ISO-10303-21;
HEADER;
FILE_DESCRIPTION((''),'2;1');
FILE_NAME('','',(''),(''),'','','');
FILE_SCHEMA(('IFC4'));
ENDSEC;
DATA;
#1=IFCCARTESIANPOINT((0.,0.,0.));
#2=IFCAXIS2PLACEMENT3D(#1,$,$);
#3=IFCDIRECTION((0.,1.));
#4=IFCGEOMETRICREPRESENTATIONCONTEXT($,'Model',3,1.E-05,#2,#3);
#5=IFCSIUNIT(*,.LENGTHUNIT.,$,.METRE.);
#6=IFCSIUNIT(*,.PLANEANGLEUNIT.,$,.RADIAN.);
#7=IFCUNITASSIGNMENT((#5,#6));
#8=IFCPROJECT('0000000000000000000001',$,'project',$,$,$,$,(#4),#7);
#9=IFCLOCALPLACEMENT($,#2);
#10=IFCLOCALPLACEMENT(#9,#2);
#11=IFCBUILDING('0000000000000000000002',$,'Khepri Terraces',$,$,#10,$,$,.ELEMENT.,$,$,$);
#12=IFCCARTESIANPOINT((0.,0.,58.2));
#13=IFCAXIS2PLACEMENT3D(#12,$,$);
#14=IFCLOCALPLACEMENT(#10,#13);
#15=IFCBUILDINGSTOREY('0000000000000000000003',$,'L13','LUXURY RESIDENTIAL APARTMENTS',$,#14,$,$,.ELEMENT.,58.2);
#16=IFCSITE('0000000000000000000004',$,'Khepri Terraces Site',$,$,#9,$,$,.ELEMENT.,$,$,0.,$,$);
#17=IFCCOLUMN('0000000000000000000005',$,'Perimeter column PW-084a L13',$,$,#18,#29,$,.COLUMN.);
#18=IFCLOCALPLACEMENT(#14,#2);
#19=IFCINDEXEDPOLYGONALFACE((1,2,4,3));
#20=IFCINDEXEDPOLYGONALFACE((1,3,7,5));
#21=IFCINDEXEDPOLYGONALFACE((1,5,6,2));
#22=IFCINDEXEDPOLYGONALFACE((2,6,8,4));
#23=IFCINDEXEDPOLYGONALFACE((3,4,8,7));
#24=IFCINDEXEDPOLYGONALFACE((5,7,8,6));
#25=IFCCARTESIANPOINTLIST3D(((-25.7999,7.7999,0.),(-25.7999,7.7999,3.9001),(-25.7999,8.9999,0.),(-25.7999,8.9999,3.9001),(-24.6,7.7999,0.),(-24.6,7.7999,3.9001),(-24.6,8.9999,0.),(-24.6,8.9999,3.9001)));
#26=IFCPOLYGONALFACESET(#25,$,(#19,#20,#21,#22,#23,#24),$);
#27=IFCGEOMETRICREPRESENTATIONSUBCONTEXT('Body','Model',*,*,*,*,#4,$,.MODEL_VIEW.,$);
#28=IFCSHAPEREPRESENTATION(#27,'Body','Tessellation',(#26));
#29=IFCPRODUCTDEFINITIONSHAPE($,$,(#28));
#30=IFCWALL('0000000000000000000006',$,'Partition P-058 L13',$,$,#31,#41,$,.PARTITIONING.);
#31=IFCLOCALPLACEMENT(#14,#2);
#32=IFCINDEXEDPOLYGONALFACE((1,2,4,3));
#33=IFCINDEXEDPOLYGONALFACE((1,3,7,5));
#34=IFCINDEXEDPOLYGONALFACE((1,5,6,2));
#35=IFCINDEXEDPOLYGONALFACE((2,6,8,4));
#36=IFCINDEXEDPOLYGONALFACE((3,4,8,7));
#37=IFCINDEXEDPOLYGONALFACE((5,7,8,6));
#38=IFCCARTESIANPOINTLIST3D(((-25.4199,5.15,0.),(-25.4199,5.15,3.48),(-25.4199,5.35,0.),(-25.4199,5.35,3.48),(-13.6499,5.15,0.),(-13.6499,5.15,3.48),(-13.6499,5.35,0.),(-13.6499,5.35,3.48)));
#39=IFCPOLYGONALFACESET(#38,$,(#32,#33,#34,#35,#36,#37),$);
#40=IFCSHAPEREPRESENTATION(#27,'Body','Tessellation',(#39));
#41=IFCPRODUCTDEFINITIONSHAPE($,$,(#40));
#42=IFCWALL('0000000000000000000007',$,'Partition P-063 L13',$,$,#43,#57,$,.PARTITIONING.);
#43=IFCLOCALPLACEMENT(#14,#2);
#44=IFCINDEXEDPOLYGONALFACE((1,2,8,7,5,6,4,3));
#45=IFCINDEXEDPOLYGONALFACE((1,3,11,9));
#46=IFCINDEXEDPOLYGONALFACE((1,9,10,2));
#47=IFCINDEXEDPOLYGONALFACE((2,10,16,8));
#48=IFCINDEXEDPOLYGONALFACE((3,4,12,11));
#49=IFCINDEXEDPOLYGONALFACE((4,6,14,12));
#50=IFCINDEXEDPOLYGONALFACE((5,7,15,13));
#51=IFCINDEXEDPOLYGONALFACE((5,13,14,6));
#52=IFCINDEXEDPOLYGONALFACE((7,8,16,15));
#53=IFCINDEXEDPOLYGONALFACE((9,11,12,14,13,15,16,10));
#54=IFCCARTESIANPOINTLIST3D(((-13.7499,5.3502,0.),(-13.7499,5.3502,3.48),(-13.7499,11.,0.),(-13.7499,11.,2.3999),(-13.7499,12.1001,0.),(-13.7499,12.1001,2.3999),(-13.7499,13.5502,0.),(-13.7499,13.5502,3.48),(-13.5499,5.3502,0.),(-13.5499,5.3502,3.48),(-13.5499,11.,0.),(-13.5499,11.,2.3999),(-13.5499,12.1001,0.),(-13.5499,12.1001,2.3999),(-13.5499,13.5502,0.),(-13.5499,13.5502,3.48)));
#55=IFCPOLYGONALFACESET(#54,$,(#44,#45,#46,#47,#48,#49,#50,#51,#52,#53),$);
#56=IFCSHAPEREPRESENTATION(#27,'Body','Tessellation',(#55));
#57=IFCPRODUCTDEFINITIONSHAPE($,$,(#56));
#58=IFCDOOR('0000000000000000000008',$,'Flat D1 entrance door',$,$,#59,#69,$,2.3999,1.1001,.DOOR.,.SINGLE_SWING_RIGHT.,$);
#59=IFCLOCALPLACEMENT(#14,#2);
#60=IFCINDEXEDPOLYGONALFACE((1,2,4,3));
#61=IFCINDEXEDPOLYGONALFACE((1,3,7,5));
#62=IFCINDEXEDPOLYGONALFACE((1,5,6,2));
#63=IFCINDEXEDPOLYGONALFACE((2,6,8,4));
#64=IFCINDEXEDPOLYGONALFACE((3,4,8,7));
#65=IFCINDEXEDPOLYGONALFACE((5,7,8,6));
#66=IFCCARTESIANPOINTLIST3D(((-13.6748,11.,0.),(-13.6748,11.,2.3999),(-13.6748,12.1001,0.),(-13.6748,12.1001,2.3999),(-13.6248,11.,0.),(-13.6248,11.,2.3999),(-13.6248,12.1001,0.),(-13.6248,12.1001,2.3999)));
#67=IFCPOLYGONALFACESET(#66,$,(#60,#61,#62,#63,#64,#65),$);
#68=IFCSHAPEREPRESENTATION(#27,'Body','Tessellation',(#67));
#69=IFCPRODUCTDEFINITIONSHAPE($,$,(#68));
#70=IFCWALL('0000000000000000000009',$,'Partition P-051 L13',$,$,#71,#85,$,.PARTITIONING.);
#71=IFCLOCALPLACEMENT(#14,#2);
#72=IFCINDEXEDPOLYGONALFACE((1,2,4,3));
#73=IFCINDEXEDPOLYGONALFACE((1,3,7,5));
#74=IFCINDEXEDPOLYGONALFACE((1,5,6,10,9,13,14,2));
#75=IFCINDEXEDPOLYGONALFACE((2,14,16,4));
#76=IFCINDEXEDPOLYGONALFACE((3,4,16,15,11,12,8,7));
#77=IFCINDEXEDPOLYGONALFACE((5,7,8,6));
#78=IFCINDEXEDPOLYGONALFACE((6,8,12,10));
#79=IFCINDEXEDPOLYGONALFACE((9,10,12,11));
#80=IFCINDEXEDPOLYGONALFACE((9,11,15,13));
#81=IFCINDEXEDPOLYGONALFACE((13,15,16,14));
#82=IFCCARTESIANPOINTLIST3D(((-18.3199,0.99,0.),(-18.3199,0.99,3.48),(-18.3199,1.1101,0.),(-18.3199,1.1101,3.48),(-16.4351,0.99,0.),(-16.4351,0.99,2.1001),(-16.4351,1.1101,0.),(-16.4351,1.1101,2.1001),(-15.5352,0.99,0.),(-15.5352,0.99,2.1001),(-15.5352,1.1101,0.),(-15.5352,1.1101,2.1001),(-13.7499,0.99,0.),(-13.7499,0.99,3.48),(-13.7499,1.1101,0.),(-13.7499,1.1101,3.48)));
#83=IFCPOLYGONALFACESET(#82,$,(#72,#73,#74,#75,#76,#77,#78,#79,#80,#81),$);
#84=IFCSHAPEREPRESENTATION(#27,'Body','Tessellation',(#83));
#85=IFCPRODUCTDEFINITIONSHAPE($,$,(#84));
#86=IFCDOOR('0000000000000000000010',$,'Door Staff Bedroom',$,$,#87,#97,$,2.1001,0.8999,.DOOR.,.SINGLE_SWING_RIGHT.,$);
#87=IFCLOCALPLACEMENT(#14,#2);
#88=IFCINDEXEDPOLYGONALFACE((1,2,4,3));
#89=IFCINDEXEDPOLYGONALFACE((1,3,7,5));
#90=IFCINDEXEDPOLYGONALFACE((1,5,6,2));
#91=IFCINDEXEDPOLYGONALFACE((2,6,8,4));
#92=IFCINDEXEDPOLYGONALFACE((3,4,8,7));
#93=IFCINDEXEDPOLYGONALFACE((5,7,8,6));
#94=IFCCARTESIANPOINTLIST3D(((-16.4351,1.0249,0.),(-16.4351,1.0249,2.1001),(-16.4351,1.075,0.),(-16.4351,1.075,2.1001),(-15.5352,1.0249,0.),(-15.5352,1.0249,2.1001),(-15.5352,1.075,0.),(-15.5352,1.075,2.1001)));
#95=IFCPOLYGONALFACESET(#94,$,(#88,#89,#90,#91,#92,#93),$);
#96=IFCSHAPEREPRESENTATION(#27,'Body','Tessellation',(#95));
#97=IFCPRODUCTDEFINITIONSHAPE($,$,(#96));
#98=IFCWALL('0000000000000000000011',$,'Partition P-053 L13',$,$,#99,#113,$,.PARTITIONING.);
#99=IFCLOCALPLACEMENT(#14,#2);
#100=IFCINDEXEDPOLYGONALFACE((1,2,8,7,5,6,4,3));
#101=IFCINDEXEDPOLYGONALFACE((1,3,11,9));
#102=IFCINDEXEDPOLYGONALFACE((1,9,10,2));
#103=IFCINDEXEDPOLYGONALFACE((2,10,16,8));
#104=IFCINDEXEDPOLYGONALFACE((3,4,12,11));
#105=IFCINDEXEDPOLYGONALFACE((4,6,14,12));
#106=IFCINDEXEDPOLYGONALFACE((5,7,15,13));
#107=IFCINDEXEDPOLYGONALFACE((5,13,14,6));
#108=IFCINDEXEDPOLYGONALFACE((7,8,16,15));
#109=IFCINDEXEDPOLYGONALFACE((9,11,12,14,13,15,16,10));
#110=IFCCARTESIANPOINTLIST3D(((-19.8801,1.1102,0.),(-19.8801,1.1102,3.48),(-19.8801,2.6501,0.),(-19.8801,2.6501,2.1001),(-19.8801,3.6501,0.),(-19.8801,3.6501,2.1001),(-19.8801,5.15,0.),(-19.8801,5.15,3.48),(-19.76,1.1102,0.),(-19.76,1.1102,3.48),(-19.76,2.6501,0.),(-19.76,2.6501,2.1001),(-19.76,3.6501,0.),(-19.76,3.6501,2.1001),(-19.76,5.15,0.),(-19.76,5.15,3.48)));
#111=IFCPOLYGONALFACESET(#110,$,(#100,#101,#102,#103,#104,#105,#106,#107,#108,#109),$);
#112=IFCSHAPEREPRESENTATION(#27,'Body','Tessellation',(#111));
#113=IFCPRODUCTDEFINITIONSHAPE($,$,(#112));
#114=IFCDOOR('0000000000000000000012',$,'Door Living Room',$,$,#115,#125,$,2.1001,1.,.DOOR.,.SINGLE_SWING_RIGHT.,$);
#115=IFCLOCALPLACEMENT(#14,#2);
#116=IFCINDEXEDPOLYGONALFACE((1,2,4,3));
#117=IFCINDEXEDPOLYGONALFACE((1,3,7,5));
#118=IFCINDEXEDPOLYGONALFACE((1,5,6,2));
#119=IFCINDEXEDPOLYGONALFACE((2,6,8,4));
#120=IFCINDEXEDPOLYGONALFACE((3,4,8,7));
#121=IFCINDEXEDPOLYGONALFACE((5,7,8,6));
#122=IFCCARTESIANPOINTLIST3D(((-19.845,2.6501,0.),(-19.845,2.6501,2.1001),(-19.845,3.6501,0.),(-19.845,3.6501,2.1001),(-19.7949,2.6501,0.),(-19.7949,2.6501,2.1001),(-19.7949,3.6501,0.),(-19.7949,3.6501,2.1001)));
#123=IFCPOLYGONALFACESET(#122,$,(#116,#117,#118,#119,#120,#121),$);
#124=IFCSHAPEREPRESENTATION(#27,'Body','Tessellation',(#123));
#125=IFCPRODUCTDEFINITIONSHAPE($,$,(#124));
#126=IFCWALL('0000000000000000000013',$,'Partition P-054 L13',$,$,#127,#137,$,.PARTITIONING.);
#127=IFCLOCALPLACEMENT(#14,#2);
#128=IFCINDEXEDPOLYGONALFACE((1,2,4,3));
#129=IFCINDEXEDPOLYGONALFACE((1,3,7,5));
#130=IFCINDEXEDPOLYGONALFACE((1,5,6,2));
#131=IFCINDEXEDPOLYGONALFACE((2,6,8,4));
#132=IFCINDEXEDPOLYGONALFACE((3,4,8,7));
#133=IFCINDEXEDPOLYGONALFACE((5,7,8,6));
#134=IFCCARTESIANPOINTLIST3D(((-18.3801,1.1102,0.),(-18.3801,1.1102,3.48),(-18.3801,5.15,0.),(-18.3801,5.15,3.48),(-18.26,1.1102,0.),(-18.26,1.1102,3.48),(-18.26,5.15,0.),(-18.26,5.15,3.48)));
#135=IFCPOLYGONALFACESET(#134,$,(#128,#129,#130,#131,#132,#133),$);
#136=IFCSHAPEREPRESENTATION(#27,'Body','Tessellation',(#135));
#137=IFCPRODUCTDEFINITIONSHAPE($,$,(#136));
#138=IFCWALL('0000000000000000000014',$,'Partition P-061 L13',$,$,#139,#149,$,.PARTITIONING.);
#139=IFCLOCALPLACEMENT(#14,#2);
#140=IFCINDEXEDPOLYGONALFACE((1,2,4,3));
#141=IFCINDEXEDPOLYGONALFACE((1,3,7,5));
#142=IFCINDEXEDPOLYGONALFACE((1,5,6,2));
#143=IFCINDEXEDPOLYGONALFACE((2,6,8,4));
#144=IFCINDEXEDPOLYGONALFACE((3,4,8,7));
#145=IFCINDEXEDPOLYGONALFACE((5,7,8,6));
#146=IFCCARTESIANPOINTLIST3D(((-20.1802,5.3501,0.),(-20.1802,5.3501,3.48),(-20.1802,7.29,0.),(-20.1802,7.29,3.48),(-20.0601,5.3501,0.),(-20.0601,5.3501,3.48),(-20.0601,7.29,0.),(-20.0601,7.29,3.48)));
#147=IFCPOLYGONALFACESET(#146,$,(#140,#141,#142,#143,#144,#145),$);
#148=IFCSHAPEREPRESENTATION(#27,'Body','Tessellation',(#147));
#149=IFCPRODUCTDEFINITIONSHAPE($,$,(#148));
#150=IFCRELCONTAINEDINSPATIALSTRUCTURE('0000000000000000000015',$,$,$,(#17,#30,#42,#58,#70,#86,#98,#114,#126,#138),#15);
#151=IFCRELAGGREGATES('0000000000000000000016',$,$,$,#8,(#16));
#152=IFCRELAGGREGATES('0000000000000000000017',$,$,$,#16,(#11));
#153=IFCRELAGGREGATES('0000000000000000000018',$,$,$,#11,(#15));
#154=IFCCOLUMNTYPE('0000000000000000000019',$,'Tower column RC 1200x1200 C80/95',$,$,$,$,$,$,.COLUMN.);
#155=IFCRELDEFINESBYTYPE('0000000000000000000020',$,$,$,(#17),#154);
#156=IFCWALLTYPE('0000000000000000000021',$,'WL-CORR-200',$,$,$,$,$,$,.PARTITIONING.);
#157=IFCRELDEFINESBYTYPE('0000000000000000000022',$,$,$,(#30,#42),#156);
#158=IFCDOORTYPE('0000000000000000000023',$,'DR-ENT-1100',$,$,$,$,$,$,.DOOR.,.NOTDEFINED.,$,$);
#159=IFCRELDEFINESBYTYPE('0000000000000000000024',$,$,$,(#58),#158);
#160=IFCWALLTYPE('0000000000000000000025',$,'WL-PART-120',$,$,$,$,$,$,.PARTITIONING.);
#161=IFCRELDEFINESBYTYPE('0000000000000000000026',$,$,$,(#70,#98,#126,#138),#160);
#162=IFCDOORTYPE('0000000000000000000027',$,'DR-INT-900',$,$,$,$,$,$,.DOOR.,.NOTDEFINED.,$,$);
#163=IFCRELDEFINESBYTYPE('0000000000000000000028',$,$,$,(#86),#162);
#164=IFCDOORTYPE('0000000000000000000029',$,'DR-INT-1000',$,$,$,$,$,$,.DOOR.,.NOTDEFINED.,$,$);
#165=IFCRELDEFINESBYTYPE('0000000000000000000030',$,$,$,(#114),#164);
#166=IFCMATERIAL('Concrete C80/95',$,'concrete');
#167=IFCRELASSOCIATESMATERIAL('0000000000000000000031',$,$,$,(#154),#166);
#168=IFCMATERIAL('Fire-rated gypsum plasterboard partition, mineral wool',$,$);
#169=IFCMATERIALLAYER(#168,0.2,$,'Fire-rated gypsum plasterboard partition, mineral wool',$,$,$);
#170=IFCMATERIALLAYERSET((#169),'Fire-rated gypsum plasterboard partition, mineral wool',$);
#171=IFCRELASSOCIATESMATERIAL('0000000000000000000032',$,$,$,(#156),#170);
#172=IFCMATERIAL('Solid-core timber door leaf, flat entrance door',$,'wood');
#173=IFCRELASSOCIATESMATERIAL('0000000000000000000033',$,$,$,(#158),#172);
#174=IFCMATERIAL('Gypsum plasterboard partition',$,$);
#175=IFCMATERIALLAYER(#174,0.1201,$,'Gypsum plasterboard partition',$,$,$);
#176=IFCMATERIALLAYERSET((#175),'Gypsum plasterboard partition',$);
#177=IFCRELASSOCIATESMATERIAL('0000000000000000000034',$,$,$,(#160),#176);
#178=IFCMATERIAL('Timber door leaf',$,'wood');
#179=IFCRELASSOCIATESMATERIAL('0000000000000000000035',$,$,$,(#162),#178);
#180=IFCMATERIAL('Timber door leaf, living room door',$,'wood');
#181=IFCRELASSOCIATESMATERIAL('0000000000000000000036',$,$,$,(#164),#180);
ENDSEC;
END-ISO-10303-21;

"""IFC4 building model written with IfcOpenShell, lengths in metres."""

from ifc_helpers import new_model, si_unit, direction, frame, frame_2d, origin, origin_2d, place, context, subcontext, project, spatial, rectangle, extrude, material, layer, layer_set, material_profile, profile_set, type_object, element, fill, save


model = new_model("IFC4")

# Units and contexts
model_context = context("Model", 3, precision=1e-05, world=origin(), true_north=direction((0.0, 1.0)))
body_context = subcontext(model_context, "Body", "Model", "MODEL_VIEW")
ifc_project = project(units=[si_unit("LENGTHUNIT", "METRE"), si_unit("PLANEANGLEUNIT", "RADIAN")], contexts=[model_context])

# Site, building, storey
site_placement = place(None, origin())
site = spatial("IfcSite", under=ifc_project, at=site_placement, Name="Khepri Terraces Site", CompositionType="ELEMENT", RefElevation=0.0)
building_placement = place(site_placement, origin())
building = spatial("IfcBuilding", under=site, at=building_placement, Name="Khepri Terraces", CompositionType="ELEMENT")
storey_placement = place(building_placement, frame((0.0, 0.0, 58.2)))
storey = spatial("IfcBuildingStorey", under=building, at=storey_placement, Name="L13", Description="LUXURY RESIDENTIAL APARTMENTS", CompositionType="ELEMENT", Elevation=58.2)

# Column
ifc_material_1 = material(Name="Concrete C80/95", Category="concrete")
ifc_material_profile = material_profile(ifc_material_1, rectangle(XDim=1.2, YDim=1.2, at=origin_2d()), Name="Concrete C80/95", Category="concrete")
ifc_profile_set = profile_set([ifc_material_profile], Name="Concrete C80/95")
column_type = type_object("IfcColumnType", Name="Tower column RC 1200x1200 C80/95", PredefinedType="COLUMN", material=ifc_profile_set)
column_placement = place(storey_placement, frame((-25.2, 8.3999, 0.0), z_axis=(0.0, 0.0, 1.0), x_axis=(1.0, 0.0, 0.0)))
element("IfcColumn", 1, at=column_placement, inside=storey, type_object=column_type, Name="Perimeter column PW-084a L13", PredefinedType="COLUMN", context=body_context, shape_type="SweptSolid", body=[
    extrude(rectangle(XDim=1.2, YDim=1.2, at=origin_2d()), origin(), (0.0, 0.0, 1.0), 3.9001),
])

# Wall
ifc_material_2 = material(Name="Fire-rated gypsum plasterboard partition, mineral wool")
ifc_layer_1 = layer(ifc_material_2, 0.2, Name="Fire-rated gypsum plasterboard partition, mineral wool")
ifc_layer_set_1 = layer_set([ifc_layer_1], Name="Fire-rated gypsum plasterboard partition, mineral wool")
wall_type_1 = type_object("IfcWallType", Name="WL-CORR-200", PredefinedType="PARTITIONING", material=ifc_layer_set_1)
wall_1_placement = place(storey_placement, frame((-25.4199, 5.25, 0.0), z_axis=(0.0, 0.0, 1.0), x_axis=(1.0, 0.0, 0.0)))
element("IfcWall", 2, at=wall_1_placement, inside=storey, type_object=wall_type_1, Name="Partition P-058 L13", PredefinedType="PARTITIONING", context=body_context, shape_type="SweptSolid", body=[
    extrude(rectangle(XDim=11.77, YDim=0.2, at=frame_2d((5.885, 0.0))), origin(), (0.0, 0.0, 1.0), 3.48),
])

# Wall, opening, door
wall_2_placement = place(storey_placement, frame((-13.6499, 5.3501, 0.0), z_axis=(0.0, 0.0, 1.0), x_axis=(0.0, 1.0, 0.0)))
wall_2 = element("IfcWall", 3, at=wall_2_placement, inside=storey, type_object=wall_type_1, Name="Partition P-063 L13", PredefinedType="PARTITIONING", context=body_context, shape_type="SweptSolid", body=[
    extrude(rectangle(XDim=8.2, YDim=0.2, at=frame_2d((4.1001, 0.0))), origin(), (0.0, 0.0, 1.0), 3.48),
])
opening_1_placement = place(wall_2_placement, frame((5.6499, 0.0, 0.0)))
opening_1 = element("IfcOpeningElement", 4, at=opening_1_placement, cuts=wall_2, PredefinedType="OPENING", context=body_context, shape_type="SweptSolid", body=[
    extrude(rectangle(XDim=1.1001, YDim=2.3999, at=frame_2d((0.55, 1.2))), frame((0.0, 0.1099, 0.0), z_axis=(0.0, -1.0, 0.0), x_axis=(1.0, 0.0, 0.0)), (0.0, 0.0, 1.0), 0.22),
])
ifc_material_3 = material(Name="Solid-core timber door leaf, flat entrance door", Category="wood")
door_type_1 = type_object("IfcDoorType", Name="DR-ENT-1100", OperationType="NOTDEFINED", PredefinedType="DOOR", material=ifc_material_3)
door_1_placement = place(opening_1_placement, origin())
door_1 = element("IfcDoor", 5, at=door_1_placement, inside=storey, type_object=door_type_1, Name="Flat D1 entrance door", OperationType="SINGLE_SWING_RIGHT", OverallHeight=2.3999, OverallWidth=1.1001, PredefinedType="DOOR", context=body_context, shape_type="SweptSolid", body=[
    extrude(rectangle(XDim=1.1001, YDim=2.3999, at=frame_2d((0.55, 1.2))), frame((0.0, 0.0249, 0.0), z_axis=(0.0, -1.0, 0.0), x_axis=(1.0, 0.0, 0.0)), (0.0, 0.0, 1.0), 0.05),
])
fill(opening_1, door_1)

# Walls, openings, doors
ifc_material_4 = material(Name="Gypsum plasterboard partition")
ifc_layer_2 = layer(ifc_material_4, 0.1201, Name="Gypsum plasterboard partition")
ifc_layer_set_2 = layer_set([ifc_layer_2], Name="Gypsum plasterboard partition")
wall_type_2 = type_object("IfcWallType", Name="WL-PART-120", PredefinedType="PARTITIONING", material=ifc_layer_set_2)
wall_3_placement = place(storey_placement, frame((-18.3201, 1.05, 0.0), z_axis=(0.0, 0.0, 1.0), x_axis=(1.0, 0.0, 0.0)))
wall_3 = element("IfcWall", 6, at=wall_3_placement, inside=storey, type_object=wall_type_2, Name="Partition P-051 L13", PredefinedType="PARTITIONING", context=body_context, shape_type="SweptSolid", body=[
    extrude(rectangle(XDim=4.5701, YDim=0.1201, at=frame_2d((2.2852, 0.0))), origin(), (0.0, 0.0, 1.0), 3.48),
])
opening_2_placement = place(wall_3_placement, frame((1.885, 0.0, 0.0)))
opening_2 = element("IfcOpeningElement", 7, at=opening_2_placement, cuts=wall_3, PredefinedType="OPENING", context=body_context, shape_type="SweptSolid", body=[
    extrude(rectangle(XDim=0.8999, YDim=2.1001, at=frame_2d((0.45, 1.05))), frame((0.0, 0.0701, 0.0), z_axis=(0.0, -1.0, 0.0), x_axis=(1.0, 0.0, 0.0)), (0.0, 0.0, 1.0), 0.1401),
])
ifc_material_5 = material(Name="Timber door leaf", Category="wood")
door_type_2 = type_object("IfcDoorType", Name="DR-INT-900", OperationType="NOTDEFINED", PredefinedType="DOOR", material=ifc_material_5)
door_2_placement = place(opening_2_placement, origin())
door_2 = element("IfcDoor", 8, at=door_2_placement, inside=storey, type_object=door_type_2, Name="Door Staff Bedroom", OperationType="SINGLE_SWING_RIGHT", OverallHeight=2.1001, OverallWidth=0.8999, PredefinedType="DOOR", context=body_context, shape_type="SweptSolid", body=[
    extrude(rectangle(XDim=0.8999, YDim=2.1001, at=frame_2d((0.45, 1.05))), frame((0.0, 0.0249, 0.0), z_axis=(0.0, -1.0, 0.0), x_axis=(1.0, 0.0, 0.0)), (0.0, 0.0, 1.0), 0.05),
])
fill(opening_2, door_2)
wall_4_placement = place(storey_placement, frame((-19.8201, 1.1101, 0.0), z_axis=(0.0, 0.0, 1.0), x_axis=(0.0, 1.0, 0.0)))
wall_4 = element("IfcWall", 9, at=wall_4_placement, inside=storey, type_object=wall_type_2, Name="Partition P-053 L13", PredefinedType="PARTITIONING", context=body_context, shape_type="SweptSolid", body=[
    extrude(rectangle(XDim=4.0398, YDim=0.1201, at=frame_2d((2.02, 0.0))), origin(), (0.0, 0.0, 1.0), 3.48),
])
opening_3_placement = place(wall_4_placement, frame((1.54, 0.0, 0.0)))
opening_3 = element("IfcOpeningElement", 10, at=opening_3_placement, cuts=wall_4, PredefinedType="OPENING", context=body_context, shape_type="SweptSolid", body=[
    extrude(rectangle(XDim=1.0, YDim=2.1001, at=frame_2d((0.5, 1.05))), frame((0.0, 0.0701, 0.0), z_axis=(0.0, -1.0, 0.0), x_axis=(1.0, 0.0, 0.0)), (0.0, 0.0, 1.0), 0.1401),
])
ifc_material_6 = material(Name="Timber door leaf, living room door", Category="wood")
door_type_3 = type_object("IfcDoorType", Name="DR-INT-1000", OperationType="NOTDEFINED", PredefinedType="DOOR", material=ifc_material_6)
door_3_placement = place(opening_3_placement, origin())
door_3 = element("IfcDoor", 11, at=door_3_placement, inside=storey, type_object=door_type_3, Name="Door Living Room", OperationType="SINGLE_SWING_RIGHT", OverallHeight=2.1001, OverallWidth=1.0, PredefinedType="DOOR", context=body_context, shape_type="SweptSolid", body=[
    extrude(rectangle(XDim=1.0, YDim=2.1001, at=frame_2d((0.5, 1.05))), frame((0.0, 0.0249, 0.0), z_axis=(0.0, -1.0, 0.0), x_axis=(1.0, 0.0, 0.0)), (0.0, 0.0, 1.0), 0.05),
])
fill(opening_3, door_3)

# Walls
wall_5_placement = place(storey_placement, frame((-18.3201, 1.1101, 0.0), z_axis=(0.0, 0.0, 1.0), x_axis=(0.0, 1.0, 0.0)))
element("IfcWall", 12, at=wall_5_placement, inside=storey, type_object=wall_type_2, Name="Partition P-054 L13", PredefinedType="PARTITIONING", context=body_context, shape_type="SweptSolid", body=[
    extrude(rectangle(XDim=4.0398, YDim=0.1201, at=frame_2d((2.02, 0.0))), origin(), (0.0, 0.0, 1.0), 3.48),
])
wall_6_placement = place(storey_placement, frame((-20.1201, 5.3501, 0.0), z_axis=(0.0, 0.0, 1.0), x_axis=(0.0, 1.0, 0.0)))
element("IfcWall", 13, at=wall_6_placement, inside=storey, type_object=wall_type_2, Name="Partition P-061 L13", PredefinedType="PARTITIONING", context=body_context, shape_type="SweptSolid", body=[
    extrude(rectangle(XDim=1.9399, YDim=0.1201, at=frame_2d((0.97, 0.0))), origin(), (0.0, 0.0, 1.0), 3.48),
])

save(model, "model.ifc")
